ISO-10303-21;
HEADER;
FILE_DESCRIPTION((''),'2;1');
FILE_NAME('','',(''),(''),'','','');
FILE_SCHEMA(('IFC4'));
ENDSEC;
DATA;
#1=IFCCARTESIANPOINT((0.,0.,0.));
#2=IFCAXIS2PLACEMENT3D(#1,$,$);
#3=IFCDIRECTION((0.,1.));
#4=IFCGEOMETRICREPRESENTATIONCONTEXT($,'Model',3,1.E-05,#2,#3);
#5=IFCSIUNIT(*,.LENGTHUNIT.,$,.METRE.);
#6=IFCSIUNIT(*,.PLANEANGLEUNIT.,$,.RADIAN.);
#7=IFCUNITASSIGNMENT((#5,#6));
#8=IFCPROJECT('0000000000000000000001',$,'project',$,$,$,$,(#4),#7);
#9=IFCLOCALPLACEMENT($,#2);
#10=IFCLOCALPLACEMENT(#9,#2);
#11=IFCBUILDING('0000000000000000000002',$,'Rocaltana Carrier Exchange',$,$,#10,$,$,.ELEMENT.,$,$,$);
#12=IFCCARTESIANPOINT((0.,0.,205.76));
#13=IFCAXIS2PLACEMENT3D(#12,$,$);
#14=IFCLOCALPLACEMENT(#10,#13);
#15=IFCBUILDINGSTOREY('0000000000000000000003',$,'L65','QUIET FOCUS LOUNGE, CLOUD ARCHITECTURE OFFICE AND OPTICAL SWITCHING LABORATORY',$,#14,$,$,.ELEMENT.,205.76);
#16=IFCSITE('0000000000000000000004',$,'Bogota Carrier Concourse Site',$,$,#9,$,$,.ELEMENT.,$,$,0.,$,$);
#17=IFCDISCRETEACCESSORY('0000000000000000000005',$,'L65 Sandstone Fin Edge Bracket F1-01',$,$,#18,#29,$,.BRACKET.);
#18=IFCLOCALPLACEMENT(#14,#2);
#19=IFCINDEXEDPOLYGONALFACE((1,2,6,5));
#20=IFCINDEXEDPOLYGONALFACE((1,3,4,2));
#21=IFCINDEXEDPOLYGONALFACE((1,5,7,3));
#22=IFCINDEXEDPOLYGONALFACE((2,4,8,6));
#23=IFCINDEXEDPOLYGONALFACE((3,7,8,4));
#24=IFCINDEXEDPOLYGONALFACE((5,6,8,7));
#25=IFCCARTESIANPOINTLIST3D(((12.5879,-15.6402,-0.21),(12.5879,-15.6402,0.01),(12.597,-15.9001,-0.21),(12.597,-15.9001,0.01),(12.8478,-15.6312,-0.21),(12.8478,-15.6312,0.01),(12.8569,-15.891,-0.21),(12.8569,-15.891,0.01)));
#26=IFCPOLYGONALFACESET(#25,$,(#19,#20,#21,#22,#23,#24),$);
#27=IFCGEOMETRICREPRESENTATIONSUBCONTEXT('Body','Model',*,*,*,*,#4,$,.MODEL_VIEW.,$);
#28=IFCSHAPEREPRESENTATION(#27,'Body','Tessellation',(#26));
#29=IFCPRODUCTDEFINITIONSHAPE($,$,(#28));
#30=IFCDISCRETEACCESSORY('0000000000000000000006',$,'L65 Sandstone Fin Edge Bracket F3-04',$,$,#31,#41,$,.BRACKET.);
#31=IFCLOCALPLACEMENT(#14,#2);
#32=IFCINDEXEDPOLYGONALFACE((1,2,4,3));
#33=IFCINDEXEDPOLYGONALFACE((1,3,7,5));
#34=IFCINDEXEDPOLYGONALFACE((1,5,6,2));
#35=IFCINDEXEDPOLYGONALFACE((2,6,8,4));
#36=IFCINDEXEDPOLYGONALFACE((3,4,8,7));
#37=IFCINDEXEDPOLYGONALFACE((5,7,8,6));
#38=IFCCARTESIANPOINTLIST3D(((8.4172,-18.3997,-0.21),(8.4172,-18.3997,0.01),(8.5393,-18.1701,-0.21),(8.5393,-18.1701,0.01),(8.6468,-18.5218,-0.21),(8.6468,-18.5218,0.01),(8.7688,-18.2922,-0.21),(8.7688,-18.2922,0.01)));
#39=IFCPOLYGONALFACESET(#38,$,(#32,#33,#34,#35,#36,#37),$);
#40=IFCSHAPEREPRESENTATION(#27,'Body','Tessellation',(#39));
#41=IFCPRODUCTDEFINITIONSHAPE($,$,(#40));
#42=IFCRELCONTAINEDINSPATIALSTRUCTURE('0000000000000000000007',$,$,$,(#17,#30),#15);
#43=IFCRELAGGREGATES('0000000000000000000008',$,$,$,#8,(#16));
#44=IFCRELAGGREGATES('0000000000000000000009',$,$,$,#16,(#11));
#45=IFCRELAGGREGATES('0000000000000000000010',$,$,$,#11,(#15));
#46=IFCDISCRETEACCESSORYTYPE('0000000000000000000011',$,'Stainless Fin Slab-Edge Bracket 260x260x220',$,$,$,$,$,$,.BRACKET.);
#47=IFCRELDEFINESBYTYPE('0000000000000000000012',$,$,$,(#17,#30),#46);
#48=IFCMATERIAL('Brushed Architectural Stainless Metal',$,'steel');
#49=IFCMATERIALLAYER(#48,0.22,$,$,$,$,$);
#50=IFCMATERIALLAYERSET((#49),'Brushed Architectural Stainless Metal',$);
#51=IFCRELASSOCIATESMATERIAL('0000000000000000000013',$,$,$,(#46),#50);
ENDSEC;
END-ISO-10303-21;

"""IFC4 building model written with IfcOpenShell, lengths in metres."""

from ifc_helpers import new_model, si_unit, direction, frame, origin, origin_2d, place, context, subcontext, project, spatial, rectangle, extrude, material, layer, layer_set, type_object, element, save


model = new_model("IFC4")

# Units and contexts
model_context = context("Model", 3, precision=1e-05, world=origin(), true_north=direction((0.0, 1.0)))
body_context = subcontext(model_context, "Body", "Model", "MODEL_VIEW")
ifc_project = project(units=[si_unit("LENGTHUNIT", "METRE"), si_unit("PLANEANGLEUNIT", "RADIAN")], contexts=[model_context])

# Site, building, storey
site_placement = place(None, origin())
site = spatial("IfcSite", under=ifc_project, at=site_placement, Name="Bogota Carrier Concourse Site", CompositionType="ELEMENT", RefElevation=0.0)
building_placement = place(site_placement, origin())
building = spatial("IfcBuilding", under=site, at=building_placement, Name="Rocaltana Carrier Exchange", CompositionType="ELEMENT")
storey_placement = place(building_placement, frame((0.0, 0.0, 205.76)))
storey = spatial("IfcBuildingStorey", under=building, at=storey_placement, Name="L65", Description="QUIET FOCUS LOUNGE, CLOUD ARCHITECTURE OFFICE AND OPTICAL SWITCHING LABORATORY", CompositionType="ELEMENT", Elevation=205.76)

# Discrete accessories
ifc_material_1 = material(Name="Brushed Architectural Stainless Metal", Category="steel")
ifc_layer_1 = layer(ifc_material_1, 0.22)
ifc_layer_set_1 = layer_set([ifc_layer_1], Name="Brushed Architectural Stainless Metal")
discrete_accessory_type = type_object("IfcDiscreteAccessoryType", Name="Stainless Fin Slab-Edge Bracket 260x260x220", PredefinedType="BRACKET", material=ifc_layer_set_1)
for number, where, z_axis, x_axis, name in (
    (1, (12.7224, -15.7656, -0.21), (0.0, 0.0, 1.0), (-0.034899, 0.999391, 0.0), "L65 Sandstone Fin Edge Bracket F1-01"),
    (2, (8.593, -18.3459, -0.21), (0.0, 0.0, 1.0), (0.882948, -0.469472, 0.0), "L65 Sandstone Fin Edge Bracket F3-04"),
):
    element("IfcDiscreteAccessory", number, at=place(storey_placement, frame(where, z_axis=z_axis, x_axis=x_axis)), inside=storey, type_object=discrete_accessory_type, Name=name, PredefinedType="BRACKET", context=body_context, shape_type="SweptSolid", body=[
        extrude(rectangle(XDim=0.26, YDim=0.26, at=origin_2d()), origin(), (0.0, 0.0, 1.0), 0.22),
    ])

save(model, "model.ifc")
